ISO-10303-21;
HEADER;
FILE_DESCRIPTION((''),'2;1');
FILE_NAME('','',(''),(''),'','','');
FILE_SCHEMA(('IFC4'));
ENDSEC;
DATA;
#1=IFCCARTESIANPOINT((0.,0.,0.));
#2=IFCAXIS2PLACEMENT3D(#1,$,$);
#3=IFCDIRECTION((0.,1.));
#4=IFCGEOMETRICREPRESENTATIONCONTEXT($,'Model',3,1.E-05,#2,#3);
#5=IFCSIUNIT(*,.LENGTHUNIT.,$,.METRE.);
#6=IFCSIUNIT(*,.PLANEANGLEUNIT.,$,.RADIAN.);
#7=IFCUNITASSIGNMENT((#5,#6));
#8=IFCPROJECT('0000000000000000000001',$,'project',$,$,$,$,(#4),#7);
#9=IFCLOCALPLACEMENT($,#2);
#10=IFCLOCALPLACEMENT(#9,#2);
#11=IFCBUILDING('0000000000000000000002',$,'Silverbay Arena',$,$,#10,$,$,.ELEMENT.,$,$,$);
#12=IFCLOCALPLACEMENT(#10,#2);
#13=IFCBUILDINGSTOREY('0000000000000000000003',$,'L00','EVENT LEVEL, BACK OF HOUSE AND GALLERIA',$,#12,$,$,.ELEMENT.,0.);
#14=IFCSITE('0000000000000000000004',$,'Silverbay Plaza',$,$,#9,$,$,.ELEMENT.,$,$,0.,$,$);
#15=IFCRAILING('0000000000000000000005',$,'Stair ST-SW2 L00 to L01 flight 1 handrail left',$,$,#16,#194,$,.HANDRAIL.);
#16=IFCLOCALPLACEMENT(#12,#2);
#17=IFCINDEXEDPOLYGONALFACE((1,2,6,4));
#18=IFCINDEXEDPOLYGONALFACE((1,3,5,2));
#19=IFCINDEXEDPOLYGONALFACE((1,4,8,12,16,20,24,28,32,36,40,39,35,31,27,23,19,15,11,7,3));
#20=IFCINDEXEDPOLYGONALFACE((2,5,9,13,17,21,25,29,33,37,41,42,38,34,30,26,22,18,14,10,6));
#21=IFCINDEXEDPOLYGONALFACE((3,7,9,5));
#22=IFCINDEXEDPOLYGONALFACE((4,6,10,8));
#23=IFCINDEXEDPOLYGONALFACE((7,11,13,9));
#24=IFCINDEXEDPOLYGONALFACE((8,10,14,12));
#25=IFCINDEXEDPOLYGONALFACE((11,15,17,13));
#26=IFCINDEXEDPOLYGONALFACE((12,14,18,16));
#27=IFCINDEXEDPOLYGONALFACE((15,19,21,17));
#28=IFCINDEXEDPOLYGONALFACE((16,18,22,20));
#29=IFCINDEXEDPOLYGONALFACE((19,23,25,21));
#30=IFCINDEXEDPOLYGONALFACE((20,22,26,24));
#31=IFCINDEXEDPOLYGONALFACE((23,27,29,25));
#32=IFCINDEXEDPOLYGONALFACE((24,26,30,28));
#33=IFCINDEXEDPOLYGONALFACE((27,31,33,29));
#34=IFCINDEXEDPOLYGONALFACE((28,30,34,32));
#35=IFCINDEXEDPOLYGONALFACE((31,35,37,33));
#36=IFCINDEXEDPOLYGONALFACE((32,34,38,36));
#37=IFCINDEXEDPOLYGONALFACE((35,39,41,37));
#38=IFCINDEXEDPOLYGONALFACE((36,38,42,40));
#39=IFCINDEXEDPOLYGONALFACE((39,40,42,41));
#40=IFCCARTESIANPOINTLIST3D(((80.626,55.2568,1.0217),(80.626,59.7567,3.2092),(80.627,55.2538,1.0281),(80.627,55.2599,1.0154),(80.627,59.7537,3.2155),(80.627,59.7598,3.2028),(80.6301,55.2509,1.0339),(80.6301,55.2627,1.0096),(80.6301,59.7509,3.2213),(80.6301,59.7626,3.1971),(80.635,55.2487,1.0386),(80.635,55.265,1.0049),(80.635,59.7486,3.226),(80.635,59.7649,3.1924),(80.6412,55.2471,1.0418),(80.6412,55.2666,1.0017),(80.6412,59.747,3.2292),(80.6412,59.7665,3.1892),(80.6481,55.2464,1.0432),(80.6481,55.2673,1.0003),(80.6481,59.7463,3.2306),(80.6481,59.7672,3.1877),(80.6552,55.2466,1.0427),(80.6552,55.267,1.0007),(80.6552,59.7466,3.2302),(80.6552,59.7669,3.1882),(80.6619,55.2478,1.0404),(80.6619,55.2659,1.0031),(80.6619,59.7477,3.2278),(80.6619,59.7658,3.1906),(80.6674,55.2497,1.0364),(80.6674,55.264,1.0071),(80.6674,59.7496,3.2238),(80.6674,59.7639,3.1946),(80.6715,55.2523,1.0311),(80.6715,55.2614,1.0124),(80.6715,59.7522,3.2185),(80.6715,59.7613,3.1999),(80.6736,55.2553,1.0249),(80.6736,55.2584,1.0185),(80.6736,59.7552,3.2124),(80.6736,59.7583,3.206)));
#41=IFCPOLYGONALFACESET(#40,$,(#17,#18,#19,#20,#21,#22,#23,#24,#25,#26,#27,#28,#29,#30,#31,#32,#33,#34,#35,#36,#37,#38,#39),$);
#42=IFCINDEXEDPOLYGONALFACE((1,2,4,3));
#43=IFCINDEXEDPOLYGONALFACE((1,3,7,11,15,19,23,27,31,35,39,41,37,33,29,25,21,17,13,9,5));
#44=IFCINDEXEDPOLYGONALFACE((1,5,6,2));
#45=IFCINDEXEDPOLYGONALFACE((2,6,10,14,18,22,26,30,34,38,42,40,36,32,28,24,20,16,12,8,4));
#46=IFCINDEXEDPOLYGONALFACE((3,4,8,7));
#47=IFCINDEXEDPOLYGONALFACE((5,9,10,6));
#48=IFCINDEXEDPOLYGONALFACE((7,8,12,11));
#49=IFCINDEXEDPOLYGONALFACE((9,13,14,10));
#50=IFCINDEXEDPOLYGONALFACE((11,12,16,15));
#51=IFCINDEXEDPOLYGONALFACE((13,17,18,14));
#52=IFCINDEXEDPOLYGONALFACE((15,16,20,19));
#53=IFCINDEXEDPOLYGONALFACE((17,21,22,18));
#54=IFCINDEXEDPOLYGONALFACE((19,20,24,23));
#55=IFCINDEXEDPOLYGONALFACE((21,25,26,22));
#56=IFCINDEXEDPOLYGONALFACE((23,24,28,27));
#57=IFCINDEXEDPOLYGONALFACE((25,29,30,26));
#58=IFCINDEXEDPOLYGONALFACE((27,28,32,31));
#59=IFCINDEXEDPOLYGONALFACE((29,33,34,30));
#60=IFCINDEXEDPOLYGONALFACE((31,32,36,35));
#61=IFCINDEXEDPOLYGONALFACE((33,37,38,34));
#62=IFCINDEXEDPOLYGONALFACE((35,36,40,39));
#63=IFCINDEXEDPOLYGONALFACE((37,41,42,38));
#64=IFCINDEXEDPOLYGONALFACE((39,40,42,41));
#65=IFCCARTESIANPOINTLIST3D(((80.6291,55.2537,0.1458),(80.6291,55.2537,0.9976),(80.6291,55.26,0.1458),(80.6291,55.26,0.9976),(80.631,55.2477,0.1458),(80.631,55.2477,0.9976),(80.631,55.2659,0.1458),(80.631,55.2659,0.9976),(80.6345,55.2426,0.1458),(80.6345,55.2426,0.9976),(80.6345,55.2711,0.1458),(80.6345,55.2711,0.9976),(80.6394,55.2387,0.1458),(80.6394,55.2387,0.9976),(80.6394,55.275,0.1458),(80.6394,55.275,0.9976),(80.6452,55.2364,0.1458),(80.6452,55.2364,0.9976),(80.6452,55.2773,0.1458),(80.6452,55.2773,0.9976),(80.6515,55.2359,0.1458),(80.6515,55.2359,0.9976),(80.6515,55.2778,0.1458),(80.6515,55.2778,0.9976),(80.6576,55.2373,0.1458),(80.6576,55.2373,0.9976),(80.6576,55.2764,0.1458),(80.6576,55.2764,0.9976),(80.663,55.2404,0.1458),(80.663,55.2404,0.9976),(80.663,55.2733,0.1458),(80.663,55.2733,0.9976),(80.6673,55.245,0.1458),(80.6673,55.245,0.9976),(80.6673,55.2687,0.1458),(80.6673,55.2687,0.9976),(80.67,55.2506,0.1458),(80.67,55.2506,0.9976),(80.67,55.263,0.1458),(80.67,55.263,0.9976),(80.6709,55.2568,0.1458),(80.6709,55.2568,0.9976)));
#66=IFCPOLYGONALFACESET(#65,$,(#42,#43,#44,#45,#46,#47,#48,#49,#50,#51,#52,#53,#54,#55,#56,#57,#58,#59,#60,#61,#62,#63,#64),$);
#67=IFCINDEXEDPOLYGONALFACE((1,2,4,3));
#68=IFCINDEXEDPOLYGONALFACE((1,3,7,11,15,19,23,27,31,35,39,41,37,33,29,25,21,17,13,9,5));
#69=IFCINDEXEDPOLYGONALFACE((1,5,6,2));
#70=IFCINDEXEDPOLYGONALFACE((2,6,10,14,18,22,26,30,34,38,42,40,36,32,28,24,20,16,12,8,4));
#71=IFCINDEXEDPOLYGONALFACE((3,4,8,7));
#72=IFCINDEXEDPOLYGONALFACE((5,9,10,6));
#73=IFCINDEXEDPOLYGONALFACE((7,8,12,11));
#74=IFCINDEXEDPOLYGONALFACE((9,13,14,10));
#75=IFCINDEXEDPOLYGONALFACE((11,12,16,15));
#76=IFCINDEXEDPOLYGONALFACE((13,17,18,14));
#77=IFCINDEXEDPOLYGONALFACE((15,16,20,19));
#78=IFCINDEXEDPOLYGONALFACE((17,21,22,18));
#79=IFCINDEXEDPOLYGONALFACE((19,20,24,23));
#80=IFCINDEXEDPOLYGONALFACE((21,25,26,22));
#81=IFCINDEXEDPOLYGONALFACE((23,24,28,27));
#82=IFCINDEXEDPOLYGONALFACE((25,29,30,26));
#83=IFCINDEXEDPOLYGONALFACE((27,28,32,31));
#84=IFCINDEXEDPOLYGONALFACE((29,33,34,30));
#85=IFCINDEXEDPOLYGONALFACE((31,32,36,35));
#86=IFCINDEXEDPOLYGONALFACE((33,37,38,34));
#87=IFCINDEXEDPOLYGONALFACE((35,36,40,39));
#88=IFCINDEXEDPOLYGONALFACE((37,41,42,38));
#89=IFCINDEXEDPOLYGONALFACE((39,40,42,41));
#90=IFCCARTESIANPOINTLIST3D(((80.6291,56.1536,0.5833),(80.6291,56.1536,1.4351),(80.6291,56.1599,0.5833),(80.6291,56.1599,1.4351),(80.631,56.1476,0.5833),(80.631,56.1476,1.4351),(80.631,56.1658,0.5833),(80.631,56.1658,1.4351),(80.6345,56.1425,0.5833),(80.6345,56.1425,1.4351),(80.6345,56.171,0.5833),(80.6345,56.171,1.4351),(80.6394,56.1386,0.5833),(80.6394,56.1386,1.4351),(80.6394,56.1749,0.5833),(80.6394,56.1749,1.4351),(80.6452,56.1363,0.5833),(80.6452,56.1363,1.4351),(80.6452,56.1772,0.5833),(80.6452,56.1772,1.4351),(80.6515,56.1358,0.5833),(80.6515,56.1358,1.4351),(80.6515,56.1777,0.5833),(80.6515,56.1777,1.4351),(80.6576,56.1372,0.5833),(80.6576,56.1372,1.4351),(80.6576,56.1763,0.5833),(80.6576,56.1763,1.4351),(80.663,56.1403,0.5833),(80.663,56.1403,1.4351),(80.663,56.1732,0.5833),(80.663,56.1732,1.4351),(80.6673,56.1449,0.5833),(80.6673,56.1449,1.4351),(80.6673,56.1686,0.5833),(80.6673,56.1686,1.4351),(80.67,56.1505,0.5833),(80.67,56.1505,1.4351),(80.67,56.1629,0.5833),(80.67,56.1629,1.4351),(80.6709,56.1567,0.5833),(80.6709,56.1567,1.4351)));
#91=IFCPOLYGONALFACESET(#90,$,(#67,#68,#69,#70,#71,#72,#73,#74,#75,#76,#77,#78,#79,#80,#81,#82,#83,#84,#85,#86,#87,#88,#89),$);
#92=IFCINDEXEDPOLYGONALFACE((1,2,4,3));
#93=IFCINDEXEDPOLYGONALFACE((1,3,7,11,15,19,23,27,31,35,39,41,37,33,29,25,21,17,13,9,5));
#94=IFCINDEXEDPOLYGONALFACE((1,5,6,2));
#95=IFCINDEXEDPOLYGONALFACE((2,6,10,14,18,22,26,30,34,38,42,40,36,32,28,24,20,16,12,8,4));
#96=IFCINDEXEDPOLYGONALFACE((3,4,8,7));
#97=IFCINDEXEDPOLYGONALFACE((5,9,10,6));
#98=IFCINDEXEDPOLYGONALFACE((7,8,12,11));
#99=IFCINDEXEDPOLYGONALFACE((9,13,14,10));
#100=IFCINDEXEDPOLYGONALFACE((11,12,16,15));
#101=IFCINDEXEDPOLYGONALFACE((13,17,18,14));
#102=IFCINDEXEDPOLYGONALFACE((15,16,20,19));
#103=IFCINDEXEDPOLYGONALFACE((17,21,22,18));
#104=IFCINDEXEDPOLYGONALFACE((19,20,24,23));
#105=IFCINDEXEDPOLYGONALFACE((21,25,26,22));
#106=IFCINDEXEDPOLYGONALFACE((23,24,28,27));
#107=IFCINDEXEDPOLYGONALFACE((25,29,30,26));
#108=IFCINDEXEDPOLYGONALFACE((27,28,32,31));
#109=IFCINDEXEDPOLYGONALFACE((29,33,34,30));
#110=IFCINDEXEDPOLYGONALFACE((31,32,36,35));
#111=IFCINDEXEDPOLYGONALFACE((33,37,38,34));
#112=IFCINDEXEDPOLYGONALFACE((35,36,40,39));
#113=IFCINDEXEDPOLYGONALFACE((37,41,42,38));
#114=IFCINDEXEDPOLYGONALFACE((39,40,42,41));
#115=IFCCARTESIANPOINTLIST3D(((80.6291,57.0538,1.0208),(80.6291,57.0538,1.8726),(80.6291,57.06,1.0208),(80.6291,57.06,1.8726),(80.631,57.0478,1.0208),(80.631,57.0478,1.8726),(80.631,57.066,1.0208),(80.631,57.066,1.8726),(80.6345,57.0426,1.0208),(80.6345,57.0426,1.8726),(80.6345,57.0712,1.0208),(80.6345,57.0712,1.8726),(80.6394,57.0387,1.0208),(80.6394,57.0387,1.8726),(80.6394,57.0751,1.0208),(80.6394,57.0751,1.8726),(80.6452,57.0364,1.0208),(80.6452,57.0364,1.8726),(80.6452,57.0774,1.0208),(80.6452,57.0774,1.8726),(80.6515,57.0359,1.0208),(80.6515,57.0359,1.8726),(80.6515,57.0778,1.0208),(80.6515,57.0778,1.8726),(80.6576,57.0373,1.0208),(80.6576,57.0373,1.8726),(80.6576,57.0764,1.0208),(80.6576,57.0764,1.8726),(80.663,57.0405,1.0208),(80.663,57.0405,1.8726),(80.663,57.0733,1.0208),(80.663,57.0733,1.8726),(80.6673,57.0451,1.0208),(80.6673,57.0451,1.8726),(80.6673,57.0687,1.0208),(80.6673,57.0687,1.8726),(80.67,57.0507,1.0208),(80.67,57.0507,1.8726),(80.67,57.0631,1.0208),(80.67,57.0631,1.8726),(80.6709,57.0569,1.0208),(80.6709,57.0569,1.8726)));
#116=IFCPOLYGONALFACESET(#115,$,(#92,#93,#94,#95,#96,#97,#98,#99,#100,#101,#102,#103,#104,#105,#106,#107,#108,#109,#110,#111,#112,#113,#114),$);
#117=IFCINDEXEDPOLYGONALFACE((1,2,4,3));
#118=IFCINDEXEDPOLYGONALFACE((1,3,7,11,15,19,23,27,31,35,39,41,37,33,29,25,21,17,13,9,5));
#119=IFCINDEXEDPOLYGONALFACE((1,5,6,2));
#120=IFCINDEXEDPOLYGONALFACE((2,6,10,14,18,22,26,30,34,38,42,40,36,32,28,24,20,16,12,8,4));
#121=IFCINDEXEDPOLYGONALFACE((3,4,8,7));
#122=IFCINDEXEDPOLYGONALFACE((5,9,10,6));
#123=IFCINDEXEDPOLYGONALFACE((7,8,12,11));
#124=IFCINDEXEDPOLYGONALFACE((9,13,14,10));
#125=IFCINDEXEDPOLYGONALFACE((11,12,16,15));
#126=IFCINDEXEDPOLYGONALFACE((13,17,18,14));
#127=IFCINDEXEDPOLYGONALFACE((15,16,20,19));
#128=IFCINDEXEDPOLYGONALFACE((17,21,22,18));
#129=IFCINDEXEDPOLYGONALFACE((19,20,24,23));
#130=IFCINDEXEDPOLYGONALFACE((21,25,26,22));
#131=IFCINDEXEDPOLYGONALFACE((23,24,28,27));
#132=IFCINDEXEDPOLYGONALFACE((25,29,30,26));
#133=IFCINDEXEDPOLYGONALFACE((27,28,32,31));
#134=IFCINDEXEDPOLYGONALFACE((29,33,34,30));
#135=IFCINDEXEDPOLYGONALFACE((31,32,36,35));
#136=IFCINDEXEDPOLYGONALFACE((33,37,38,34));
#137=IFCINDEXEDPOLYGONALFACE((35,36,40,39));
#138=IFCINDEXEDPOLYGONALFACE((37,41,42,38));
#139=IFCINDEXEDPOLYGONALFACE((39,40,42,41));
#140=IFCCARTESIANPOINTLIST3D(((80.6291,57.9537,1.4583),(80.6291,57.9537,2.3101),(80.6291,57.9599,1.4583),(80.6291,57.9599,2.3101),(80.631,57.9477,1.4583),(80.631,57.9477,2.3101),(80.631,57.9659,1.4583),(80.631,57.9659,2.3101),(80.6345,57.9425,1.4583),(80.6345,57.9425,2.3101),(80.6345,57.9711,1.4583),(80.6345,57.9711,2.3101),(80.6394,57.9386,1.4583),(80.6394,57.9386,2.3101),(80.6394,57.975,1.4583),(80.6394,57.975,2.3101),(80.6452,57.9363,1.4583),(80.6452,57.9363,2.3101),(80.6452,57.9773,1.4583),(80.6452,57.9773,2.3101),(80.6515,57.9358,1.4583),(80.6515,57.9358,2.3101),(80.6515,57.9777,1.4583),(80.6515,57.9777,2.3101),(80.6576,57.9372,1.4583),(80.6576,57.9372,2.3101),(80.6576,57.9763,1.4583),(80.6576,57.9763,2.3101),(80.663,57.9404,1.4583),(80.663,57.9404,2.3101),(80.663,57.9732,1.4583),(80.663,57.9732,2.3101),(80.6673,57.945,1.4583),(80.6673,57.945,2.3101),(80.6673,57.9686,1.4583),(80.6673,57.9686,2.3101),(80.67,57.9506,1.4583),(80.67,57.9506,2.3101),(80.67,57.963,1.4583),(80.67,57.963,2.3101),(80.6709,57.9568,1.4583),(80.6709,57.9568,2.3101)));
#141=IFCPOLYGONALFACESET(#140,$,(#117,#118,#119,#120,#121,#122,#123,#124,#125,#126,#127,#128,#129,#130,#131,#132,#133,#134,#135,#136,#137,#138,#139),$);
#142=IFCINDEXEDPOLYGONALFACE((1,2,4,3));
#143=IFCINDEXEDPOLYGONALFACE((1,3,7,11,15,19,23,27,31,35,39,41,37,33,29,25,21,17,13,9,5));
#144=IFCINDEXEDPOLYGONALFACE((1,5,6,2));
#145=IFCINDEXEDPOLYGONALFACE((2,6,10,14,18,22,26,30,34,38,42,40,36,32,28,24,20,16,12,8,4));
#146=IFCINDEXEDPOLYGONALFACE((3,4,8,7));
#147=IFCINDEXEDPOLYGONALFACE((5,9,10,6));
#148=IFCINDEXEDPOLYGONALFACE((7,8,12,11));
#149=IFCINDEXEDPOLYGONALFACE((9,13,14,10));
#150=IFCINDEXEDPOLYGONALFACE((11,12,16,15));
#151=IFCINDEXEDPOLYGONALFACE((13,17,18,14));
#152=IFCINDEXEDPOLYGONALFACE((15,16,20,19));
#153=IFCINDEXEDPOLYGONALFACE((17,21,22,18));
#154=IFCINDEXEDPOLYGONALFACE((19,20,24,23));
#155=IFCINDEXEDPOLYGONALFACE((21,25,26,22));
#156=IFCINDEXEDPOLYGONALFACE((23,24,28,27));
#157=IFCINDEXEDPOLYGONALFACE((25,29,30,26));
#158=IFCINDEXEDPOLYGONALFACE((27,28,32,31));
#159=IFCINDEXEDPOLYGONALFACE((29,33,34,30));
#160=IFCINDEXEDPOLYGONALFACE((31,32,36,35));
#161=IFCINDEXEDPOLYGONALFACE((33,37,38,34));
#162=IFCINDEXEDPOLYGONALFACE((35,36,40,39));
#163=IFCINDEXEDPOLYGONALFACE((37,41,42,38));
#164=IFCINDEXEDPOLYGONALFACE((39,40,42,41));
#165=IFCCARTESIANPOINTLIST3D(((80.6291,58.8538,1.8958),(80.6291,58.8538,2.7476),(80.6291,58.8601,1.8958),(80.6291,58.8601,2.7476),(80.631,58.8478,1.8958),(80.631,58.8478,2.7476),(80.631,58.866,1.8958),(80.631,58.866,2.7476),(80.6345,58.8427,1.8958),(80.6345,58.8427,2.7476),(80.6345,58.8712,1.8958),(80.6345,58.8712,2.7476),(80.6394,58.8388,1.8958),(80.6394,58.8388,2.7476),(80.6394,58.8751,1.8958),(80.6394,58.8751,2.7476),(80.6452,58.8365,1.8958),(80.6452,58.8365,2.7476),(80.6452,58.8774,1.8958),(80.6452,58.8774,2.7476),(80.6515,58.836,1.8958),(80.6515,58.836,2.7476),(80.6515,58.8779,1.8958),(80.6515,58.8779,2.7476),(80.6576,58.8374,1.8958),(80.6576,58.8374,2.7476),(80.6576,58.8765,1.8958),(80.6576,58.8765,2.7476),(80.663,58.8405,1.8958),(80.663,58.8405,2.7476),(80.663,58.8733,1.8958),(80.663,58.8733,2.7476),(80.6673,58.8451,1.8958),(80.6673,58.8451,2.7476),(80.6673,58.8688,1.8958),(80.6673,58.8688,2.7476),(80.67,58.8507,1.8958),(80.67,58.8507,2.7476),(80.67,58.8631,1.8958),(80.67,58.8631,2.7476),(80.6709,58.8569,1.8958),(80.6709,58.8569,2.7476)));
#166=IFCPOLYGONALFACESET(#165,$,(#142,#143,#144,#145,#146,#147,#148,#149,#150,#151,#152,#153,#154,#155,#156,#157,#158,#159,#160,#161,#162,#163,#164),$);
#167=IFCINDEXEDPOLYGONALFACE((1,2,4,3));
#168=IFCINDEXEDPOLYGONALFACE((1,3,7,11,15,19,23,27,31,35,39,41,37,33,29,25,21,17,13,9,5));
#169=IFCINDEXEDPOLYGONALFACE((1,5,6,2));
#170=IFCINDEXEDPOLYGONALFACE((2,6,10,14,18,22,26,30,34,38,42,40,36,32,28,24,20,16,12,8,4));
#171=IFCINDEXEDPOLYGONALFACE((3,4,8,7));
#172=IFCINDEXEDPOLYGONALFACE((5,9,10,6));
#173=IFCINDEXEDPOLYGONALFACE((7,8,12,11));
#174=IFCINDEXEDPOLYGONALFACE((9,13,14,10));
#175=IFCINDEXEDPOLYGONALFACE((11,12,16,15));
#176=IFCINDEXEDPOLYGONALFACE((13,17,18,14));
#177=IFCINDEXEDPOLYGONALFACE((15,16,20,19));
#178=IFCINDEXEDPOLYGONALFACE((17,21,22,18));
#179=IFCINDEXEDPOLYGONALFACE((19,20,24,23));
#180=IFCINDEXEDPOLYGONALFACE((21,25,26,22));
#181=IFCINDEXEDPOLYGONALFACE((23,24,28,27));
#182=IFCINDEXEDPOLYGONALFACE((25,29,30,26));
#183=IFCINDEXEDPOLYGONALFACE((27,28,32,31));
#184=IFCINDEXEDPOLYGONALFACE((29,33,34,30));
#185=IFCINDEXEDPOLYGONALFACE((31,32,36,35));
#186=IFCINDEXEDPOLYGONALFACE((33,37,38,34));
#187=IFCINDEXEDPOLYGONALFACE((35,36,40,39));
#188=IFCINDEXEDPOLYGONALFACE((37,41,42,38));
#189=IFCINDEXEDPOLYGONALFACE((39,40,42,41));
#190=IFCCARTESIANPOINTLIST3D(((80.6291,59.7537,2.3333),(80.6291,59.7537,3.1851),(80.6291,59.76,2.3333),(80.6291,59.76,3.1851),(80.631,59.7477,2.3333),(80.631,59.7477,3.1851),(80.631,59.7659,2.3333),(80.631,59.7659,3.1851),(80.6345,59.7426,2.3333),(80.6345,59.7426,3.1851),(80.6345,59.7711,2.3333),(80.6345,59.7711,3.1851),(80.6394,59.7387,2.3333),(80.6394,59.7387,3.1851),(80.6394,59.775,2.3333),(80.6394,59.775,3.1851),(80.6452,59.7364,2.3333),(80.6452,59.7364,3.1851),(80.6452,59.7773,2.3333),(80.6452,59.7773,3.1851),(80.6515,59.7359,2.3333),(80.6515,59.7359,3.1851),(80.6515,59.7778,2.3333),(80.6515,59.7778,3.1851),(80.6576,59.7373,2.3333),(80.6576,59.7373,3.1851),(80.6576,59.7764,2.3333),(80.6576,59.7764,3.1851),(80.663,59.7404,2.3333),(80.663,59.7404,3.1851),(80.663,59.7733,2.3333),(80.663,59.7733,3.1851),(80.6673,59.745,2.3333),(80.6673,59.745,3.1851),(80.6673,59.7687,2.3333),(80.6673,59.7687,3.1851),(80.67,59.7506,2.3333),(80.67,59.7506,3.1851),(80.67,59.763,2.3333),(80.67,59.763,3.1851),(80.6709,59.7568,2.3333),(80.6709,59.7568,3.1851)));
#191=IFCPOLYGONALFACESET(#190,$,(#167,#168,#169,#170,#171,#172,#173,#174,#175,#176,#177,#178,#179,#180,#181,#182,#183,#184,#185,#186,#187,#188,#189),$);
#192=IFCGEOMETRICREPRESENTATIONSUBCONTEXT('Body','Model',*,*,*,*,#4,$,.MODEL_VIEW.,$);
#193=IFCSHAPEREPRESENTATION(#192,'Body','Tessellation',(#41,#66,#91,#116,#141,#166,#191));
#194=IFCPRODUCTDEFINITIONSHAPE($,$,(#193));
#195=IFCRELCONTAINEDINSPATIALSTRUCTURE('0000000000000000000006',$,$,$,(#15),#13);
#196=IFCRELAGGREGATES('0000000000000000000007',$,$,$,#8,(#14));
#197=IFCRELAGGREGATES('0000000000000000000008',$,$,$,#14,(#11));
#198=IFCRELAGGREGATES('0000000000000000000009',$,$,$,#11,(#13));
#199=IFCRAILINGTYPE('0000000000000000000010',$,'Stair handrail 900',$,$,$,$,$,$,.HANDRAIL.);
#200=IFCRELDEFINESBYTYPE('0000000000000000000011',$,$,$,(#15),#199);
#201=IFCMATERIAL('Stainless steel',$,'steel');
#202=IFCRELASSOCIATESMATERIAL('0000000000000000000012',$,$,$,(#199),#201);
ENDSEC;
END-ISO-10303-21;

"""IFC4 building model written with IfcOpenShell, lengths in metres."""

from ifc_helpers import new_model, si_unit, direction, frame, origin, origin_2d, place, context, subcontext, project, spatial, circle, extrude, material, type_object, element, save


model = new_model("IFC4")

# Units and contexts
model_context = context("Model", 3, precision=1e-05, world=origin(), true_north=direction((0.0, 1.0)))
body_context = subcontext(model_context, "Body", "Model", "MODEL_VIEW")
ifc_project = project(units=[si_unit("LENGTHUNIT", "METRE"), si_unit("PLANEANGLEUNIT", "RADIAN")], contexts=[model_context])

# Site, building, storey
site_placement = place(None, origin())
site = spatial("IfcSite", under=ifc_project, at=site_placement, Name="Silverbay Plaza", CompositionType="ELEMENT", RefElevation=0.0)
building_placement = place(site_placement, origin())
building = spatial("IfcBuilding", under=site, at=building_placement, Name="Silverbay Arena", CompositionType="ELEMENT")
storey_placement = place(building_placement, origin())
storey = spatial("IfcBuildingStorey", under=building, at=storey_placement, Name="L00", Description="EVENT LEVEL, BACK OF HOUSE AND GALLERIA", CompositionType="ELEMENT", Elevation=0.0)

# Railing
ifc_material_1 = material(Name="Stainless steel", Category="steel")
railing_type_1 = type_object("IfcRailingType", Name="Stair handrail 900", PredefinedType="HANDRAIL", material=ifc_material_1)
for number, where, name in (
    (1, (80.6499, 55.2568, 0.1458), "Stair ST-SW2 L00 to L01 flight 1 handrail left"),
):
    element("IfcRailing", number, at=place(storey_placement, frame(where)), inside=storey, type_object=railing_type_1, Name=name, PredefinedType="HANDRAIL", context=body_context, shape_type="SweptSolid", body=[
        extrude(circle(Radius=0.0239, at=origin_2d()), frame((0.0, 0.0, 0.876), z_axis=(0.0, 0.899368, 0.437193), x_axis=(-1.0, 0.0, 0.0)), (0.0, 0.0, 1.0), 5.0034),
        extrude(circle(Radius=0.021, at=origin_2d()), origin(), (0.0, 0.0, 1.0), 0.8518),
        extrude(circle(Radius=0.021, at=origin_2d()), frame((0.0, 0.8999, 0.4375)), (0.0, 0.0, 1.0), 0.8518),
        extrude(circle(Radius=0.021, at=origin_2d()), frame((0.0, 1.8, 0.875)), (0.0, 0.0, 1.0), 0.8518),
        extrude(circle(Radius=0.021, at=origin_2d()), frame((0.0, 2.7, 1.3125)), (0.0, 0.0, 1.0), 0.8518),
        extrude(circle(Radius=0.021, at=origin_2d()), frame((0.0, 3.6001, 1.75)), (0.0, 0.0, 1.0), 0.8518),
        extrude(circle(Radius=0.021, at=origin_2d()), frame((0.0, 4.5, 2.1875)), (0.0, 0.0, 1.0), 0.8518),
    ])

save(model, "model.ifc")
